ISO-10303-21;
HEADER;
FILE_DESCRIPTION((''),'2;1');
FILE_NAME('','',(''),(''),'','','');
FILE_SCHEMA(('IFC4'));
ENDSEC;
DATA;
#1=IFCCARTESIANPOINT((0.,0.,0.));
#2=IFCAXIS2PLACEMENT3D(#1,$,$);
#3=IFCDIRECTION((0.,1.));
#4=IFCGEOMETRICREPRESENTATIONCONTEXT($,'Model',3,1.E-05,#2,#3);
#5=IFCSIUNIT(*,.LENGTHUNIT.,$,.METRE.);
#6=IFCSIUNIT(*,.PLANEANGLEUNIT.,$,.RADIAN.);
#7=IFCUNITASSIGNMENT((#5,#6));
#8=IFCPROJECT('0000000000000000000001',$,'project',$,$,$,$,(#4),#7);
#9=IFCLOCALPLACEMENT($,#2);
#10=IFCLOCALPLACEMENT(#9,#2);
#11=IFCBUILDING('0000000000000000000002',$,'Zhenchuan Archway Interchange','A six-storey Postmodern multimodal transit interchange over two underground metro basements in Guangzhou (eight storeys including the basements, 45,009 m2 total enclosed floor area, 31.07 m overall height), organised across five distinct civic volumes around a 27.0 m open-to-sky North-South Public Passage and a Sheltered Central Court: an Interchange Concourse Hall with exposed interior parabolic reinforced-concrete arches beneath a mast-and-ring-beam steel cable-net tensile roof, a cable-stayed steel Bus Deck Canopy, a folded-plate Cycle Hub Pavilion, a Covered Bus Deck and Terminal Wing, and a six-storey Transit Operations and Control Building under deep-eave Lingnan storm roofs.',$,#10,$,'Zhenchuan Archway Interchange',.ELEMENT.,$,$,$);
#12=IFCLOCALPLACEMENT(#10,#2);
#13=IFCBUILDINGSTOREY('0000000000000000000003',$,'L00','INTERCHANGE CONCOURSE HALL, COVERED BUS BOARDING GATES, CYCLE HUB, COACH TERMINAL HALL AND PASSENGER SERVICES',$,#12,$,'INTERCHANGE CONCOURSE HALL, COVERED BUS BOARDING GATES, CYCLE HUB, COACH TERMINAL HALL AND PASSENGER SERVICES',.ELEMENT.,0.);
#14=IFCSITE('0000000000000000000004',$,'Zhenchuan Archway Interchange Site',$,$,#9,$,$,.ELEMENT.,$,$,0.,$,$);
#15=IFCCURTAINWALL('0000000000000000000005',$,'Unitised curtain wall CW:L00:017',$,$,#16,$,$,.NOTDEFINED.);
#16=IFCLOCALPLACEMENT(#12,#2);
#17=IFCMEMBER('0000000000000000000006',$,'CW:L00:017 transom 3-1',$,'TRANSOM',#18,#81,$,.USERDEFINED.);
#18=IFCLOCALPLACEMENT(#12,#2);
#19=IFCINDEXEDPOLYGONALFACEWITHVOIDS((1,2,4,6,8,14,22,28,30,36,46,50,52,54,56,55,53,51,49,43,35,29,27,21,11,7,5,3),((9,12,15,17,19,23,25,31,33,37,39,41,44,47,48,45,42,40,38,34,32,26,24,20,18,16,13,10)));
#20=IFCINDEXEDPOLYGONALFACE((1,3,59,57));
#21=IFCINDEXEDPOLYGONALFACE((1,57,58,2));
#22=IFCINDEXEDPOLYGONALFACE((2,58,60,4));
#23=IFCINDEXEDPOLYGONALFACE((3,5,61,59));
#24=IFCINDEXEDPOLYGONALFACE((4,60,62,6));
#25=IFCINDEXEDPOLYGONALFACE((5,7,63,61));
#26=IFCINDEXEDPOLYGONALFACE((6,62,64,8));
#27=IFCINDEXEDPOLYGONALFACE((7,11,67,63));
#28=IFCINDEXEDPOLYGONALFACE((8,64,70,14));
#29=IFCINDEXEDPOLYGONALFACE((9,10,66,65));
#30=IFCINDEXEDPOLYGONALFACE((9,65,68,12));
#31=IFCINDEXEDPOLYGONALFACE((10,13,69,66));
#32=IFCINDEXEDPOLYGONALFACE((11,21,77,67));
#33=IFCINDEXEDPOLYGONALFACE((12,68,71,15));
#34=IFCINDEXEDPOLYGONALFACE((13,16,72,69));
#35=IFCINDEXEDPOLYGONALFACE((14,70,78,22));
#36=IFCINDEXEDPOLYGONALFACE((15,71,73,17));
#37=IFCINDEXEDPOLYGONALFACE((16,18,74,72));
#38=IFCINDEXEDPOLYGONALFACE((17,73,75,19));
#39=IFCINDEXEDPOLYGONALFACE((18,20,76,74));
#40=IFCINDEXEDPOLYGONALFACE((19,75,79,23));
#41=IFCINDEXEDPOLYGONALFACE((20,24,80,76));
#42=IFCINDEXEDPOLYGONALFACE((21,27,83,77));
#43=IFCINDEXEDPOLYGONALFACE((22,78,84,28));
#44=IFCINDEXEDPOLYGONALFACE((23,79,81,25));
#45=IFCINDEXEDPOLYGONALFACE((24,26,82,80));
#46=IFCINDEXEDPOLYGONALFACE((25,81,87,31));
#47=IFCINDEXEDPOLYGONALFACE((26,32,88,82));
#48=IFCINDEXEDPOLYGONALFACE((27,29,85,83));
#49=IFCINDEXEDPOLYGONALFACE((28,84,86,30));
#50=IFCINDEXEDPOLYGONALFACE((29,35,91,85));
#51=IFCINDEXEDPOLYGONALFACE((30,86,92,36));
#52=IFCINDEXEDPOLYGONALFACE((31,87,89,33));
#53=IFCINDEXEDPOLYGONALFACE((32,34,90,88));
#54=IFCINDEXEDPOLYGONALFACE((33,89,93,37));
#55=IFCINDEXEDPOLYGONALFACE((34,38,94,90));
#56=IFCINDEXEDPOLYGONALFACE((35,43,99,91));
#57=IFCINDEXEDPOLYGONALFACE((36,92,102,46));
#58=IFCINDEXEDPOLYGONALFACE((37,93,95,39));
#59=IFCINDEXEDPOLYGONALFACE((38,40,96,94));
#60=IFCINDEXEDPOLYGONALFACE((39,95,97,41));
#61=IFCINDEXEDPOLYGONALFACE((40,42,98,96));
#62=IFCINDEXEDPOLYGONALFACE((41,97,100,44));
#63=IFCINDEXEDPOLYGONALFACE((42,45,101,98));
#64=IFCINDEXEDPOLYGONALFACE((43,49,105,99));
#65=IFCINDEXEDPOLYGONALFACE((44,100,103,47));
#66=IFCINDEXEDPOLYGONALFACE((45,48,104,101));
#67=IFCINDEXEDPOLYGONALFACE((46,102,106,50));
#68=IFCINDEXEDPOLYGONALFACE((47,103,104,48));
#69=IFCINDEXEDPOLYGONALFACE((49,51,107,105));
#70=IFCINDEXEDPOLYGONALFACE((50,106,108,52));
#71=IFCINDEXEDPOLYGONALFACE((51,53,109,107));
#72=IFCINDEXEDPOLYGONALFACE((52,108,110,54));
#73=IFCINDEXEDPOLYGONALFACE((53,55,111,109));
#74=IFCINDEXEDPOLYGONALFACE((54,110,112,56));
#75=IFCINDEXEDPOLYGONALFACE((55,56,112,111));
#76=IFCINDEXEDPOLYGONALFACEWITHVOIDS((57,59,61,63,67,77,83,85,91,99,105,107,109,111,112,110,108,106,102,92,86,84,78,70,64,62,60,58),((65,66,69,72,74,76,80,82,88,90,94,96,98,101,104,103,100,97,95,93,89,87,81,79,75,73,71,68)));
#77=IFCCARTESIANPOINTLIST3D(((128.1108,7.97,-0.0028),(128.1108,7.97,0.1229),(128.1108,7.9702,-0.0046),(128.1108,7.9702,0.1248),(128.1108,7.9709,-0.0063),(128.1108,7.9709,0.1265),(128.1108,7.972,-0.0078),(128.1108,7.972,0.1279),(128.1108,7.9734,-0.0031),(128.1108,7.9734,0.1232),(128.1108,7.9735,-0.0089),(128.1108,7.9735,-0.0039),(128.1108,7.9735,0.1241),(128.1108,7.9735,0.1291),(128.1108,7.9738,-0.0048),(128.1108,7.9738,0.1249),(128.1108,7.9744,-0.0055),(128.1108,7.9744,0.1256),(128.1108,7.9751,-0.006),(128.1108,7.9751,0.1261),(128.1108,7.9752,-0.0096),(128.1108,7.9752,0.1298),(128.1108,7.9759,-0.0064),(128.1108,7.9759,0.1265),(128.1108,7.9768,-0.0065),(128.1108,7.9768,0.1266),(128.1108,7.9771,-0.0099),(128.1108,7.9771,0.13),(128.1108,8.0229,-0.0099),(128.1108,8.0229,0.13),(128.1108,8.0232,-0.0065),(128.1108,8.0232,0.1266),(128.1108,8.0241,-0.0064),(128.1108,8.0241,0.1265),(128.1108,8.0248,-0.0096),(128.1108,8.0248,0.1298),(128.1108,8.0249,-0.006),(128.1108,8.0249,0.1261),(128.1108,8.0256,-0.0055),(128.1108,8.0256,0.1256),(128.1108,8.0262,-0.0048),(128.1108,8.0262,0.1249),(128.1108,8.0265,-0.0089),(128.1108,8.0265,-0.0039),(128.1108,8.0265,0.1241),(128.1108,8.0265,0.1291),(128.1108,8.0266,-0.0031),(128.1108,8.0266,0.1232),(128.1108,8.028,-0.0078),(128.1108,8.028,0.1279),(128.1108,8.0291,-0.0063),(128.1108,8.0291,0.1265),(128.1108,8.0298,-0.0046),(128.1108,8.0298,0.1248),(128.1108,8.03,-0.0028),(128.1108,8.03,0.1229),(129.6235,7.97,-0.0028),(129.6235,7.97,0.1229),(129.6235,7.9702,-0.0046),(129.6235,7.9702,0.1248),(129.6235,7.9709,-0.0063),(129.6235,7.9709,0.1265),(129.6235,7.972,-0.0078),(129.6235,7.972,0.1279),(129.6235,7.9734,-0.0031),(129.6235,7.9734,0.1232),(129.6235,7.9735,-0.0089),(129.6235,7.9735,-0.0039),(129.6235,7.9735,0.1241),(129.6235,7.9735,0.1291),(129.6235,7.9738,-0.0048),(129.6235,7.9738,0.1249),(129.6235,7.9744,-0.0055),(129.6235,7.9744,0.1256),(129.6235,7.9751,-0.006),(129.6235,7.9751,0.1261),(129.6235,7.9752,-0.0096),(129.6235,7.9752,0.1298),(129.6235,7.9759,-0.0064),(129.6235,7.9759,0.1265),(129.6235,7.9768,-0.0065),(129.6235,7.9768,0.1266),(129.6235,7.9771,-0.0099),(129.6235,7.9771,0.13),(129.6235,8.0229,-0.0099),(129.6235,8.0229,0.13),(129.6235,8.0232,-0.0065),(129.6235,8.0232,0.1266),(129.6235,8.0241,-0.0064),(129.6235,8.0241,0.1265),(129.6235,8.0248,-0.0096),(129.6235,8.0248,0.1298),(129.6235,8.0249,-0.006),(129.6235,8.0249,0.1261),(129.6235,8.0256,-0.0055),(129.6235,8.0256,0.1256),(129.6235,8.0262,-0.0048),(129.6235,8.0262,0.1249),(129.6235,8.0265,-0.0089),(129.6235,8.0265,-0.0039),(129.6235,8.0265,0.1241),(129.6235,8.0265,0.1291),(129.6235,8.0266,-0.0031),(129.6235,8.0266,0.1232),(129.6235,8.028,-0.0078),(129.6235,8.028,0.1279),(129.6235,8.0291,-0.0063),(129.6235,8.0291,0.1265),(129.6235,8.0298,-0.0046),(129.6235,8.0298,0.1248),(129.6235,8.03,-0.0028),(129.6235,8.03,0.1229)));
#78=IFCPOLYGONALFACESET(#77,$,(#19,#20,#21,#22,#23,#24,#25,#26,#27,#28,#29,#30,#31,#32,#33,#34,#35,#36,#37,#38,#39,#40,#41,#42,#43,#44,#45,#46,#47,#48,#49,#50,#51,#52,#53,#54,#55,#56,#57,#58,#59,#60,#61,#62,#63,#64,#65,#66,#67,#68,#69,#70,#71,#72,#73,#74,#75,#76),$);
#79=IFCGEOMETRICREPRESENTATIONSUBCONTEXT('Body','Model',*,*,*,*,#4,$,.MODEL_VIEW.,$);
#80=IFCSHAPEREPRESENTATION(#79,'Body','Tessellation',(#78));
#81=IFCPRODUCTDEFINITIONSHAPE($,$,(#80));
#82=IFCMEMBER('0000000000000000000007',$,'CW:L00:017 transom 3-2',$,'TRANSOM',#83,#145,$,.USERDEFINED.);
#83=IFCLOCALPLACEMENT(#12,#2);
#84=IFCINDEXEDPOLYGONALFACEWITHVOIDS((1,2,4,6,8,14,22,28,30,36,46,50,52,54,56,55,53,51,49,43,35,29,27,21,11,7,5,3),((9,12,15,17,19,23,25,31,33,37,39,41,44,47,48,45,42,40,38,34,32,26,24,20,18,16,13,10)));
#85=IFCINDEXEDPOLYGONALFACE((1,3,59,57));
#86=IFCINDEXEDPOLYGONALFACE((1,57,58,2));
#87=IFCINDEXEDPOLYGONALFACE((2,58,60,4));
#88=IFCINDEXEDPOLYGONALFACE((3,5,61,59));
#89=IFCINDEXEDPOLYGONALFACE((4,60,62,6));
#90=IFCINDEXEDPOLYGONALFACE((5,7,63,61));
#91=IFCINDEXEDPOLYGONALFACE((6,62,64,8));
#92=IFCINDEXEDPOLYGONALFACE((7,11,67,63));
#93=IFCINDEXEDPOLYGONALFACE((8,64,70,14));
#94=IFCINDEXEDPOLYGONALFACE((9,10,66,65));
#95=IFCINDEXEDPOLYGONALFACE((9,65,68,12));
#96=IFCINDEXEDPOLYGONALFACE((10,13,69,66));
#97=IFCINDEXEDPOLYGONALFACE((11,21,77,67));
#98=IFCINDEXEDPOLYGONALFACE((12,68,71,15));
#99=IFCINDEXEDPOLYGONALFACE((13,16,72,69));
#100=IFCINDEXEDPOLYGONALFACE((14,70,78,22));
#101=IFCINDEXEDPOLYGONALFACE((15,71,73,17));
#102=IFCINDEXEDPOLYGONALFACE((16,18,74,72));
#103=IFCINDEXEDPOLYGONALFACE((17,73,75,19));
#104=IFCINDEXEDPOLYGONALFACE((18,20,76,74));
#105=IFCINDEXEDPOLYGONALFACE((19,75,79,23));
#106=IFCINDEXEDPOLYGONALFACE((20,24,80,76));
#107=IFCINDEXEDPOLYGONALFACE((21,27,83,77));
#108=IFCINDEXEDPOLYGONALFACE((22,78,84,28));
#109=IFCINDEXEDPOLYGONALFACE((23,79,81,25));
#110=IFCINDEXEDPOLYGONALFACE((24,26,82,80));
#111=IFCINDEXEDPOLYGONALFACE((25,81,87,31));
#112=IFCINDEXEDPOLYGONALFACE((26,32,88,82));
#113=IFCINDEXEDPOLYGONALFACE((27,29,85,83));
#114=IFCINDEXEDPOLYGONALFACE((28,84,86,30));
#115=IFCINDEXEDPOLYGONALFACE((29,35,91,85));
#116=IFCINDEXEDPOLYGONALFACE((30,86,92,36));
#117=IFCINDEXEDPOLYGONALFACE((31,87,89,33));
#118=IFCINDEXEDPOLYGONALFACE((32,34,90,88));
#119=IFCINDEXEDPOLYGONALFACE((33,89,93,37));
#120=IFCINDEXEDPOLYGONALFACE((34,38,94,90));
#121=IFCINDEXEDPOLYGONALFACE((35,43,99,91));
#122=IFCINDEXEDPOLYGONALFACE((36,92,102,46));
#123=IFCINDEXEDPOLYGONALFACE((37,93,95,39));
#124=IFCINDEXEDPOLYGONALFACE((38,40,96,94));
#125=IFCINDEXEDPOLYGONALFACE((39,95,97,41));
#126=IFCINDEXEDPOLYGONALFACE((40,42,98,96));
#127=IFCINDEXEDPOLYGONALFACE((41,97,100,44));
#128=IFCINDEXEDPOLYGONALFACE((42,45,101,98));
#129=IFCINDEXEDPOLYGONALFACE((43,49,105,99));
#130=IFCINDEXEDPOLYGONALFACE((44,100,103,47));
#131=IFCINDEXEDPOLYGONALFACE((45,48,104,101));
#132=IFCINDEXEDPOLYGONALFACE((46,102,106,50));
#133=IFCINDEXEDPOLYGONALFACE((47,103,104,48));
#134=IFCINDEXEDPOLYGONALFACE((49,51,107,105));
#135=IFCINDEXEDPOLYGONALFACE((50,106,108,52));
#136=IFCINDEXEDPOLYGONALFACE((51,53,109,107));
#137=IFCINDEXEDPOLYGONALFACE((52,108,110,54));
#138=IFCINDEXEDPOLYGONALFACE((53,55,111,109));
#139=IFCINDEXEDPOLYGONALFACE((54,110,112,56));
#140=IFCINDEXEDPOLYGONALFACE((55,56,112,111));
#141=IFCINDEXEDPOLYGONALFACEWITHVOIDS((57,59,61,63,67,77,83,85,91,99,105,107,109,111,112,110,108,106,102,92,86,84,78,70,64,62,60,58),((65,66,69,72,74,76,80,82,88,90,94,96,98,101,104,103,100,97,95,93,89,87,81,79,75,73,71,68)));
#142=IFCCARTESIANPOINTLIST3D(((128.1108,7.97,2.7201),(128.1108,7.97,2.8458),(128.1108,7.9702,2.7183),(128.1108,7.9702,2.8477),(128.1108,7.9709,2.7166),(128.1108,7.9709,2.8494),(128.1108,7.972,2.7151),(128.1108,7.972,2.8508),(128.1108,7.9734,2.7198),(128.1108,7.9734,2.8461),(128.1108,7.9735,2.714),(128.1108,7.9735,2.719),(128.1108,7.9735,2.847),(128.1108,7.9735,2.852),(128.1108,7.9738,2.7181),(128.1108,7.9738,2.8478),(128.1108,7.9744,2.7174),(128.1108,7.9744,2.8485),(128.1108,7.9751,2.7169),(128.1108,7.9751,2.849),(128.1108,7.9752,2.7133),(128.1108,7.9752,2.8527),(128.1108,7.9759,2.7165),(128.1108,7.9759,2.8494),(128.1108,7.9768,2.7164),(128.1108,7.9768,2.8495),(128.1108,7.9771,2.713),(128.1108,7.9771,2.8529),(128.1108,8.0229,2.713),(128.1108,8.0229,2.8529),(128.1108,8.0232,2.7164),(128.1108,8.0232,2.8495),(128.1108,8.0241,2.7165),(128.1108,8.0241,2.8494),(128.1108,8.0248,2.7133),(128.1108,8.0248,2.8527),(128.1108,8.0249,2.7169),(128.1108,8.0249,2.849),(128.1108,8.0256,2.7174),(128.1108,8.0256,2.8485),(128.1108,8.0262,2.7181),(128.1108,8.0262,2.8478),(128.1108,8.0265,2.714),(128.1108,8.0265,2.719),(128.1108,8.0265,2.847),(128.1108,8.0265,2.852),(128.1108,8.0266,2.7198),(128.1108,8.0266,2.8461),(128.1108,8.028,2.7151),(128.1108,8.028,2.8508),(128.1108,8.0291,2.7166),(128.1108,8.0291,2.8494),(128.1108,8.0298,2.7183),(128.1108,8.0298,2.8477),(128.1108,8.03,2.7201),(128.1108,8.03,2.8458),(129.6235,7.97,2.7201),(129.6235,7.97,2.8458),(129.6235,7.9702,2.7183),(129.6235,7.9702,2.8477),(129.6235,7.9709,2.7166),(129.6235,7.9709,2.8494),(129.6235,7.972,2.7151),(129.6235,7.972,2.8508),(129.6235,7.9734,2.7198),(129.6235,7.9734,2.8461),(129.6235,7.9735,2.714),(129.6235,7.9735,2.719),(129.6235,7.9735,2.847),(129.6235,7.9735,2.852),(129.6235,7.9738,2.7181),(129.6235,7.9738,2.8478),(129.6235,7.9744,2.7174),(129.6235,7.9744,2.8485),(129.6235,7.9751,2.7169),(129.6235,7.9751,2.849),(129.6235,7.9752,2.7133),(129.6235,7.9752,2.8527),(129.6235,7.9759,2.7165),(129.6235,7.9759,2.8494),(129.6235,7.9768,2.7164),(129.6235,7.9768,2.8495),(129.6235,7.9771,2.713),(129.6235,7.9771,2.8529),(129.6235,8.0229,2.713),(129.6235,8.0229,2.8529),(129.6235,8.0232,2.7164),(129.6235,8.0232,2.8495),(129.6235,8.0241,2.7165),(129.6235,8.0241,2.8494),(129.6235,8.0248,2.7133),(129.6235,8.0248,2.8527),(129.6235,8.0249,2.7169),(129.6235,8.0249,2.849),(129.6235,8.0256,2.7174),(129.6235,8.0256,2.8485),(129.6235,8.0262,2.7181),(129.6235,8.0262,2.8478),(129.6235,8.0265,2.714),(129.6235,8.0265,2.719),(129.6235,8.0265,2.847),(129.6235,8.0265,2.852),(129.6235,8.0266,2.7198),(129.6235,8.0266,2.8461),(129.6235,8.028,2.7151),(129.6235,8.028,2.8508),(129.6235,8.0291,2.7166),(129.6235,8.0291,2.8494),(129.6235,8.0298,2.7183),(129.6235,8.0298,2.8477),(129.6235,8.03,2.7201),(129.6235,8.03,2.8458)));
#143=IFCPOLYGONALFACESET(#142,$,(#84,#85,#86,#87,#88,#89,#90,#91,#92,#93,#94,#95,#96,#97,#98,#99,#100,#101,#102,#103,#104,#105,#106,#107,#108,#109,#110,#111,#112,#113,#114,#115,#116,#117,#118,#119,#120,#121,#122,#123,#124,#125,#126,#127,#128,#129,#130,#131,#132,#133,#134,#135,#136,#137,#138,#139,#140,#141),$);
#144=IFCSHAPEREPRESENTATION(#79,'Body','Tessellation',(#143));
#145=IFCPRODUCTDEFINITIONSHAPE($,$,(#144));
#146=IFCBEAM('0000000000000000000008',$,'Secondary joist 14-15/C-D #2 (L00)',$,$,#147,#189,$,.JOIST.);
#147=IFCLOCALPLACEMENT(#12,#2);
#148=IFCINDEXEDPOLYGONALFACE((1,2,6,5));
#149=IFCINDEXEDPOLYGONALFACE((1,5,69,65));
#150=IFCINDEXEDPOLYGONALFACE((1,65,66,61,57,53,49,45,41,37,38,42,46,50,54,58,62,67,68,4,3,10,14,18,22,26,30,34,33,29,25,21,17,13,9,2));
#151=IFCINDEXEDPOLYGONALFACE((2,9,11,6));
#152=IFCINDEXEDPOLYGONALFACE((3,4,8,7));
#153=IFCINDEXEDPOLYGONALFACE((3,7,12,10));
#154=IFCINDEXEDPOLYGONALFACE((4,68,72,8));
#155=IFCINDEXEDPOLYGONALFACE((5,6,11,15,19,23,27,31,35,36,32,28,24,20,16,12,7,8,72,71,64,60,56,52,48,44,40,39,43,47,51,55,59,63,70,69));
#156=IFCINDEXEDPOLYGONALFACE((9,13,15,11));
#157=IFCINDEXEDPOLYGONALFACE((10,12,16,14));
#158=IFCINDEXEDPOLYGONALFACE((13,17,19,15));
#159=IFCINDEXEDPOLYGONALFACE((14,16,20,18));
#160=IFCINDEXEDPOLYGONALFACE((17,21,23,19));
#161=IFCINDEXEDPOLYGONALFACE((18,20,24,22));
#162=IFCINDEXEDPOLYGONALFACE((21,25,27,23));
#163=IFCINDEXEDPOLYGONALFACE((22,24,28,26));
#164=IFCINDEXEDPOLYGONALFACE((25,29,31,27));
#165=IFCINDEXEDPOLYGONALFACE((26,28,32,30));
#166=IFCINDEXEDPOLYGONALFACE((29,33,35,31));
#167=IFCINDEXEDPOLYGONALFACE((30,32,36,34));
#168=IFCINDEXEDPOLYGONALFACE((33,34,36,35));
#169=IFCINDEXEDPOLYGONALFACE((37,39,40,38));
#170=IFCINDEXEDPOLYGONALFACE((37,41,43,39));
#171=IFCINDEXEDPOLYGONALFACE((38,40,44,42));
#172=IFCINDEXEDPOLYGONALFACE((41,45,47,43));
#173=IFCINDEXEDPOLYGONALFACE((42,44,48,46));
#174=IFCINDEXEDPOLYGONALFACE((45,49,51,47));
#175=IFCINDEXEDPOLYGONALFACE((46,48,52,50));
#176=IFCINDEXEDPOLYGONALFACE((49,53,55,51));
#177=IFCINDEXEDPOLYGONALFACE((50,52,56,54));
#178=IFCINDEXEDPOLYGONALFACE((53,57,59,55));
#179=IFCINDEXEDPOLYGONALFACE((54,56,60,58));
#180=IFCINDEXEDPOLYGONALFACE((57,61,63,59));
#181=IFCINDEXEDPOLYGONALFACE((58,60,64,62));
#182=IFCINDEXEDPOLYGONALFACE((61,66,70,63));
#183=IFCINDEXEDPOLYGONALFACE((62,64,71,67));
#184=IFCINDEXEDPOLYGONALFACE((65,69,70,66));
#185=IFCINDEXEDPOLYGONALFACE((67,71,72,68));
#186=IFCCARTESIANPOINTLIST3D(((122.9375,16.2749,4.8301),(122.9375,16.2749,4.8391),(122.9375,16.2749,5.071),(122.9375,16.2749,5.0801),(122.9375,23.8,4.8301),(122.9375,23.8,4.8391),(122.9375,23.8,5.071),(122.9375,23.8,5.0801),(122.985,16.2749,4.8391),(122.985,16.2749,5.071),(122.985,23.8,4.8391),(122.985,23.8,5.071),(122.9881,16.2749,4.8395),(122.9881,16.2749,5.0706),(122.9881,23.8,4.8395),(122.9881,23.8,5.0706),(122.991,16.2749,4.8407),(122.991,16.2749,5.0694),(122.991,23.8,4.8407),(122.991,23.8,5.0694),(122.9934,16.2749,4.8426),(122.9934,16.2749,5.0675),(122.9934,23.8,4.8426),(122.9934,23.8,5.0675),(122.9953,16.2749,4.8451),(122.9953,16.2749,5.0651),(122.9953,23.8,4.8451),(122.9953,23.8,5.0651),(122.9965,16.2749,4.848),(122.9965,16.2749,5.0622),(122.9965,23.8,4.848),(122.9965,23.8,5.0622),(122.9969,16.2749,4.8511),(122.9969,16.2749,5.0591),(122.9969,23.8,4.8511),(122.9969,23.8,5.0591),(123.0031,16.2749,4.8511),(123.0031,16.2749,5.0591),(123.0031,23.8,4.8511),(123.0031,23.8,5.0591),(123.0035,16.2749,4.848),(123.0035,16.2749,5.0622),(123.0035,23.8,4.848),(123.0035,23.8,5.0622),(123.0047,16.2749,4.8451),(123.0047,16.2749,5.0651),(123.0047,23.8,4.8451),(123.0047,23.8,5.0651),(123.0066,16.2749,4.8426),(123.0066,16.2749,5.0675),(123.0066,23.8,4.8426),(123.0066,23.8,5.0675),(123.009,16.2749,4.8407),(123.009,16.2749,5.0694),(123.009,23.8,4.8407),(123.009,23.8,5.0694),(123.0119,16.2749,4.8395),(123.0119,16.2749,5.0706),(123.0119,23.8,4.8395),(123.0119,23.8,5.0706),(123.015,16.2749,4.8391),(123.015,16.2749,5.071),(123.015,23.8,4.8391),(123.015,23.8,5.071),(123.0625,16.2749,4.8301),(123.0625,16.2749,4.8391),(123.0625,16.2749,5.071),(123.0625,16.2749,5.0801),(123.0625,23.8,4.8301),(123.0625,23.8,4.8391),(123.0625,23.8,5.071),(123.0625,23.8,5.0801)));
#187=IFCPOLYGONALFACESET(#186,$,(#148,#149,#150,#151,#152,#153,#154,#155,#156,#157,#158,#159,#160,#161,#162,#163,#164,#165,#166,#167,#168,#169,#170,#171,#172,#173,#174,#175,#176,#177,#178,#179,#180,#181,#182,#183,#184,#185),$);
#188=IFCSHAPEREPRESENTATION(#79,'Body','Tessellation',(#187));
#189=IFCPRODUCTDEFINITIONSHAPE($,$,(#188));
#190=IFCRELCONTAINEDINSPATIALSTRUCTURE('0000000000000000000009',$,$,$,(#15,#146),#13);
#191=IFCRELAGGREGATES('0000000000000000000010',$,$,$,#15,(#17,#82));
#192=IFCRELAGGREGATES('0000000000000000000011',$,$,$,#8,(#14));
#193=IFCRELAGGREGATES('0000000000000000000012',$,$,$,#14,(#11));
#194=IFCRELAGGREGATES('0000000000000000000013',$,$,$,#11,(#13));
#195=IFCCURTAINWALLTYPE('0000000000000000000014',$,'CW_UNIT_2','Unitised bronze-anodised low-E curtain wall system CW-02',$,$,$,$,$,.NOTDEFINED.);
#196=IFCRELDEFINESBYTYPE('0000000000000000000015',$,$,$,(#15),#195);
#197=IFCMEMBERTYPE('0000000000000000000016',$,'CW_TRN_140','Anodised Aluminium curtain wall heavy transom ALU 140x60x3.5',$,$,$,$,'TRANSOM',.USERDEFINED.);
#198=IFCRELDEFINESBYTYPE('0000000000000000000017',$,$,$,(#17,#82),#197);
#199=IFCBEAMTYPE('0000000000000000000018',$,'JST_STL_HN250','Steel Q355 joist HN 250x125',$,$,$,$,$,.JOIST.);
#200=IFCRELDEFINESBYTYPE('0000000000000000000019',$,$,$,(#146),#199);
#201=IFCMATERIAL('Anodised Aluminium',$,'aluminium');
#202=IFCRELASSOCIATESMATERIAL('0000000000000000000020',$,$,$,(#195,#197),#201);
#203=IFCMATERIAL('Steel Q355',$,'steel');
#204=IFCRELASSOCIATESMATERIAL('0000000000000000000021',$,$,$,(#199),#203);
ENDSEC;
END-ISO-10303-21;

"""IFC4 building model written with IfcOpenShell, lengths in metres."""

from ifc_helpers import new_model, si_unit, direction, frame, origin, origin_2d, place, context, subcontext, project, spatial, hollow_rectangle, i_section, extrude, material, material_profile, profile_set, type_object, element, aggregate, save


model = new_model("IFC4")

# Units and contexts
model_context = context("Model", 3, precision=1e-05, world=origin(), true_north=direction((0.0, 1.0)))
body_context = subcontext(model_context, "Body", "Model", "MODEL_VIEW")
ifc_project = project(units=[si_unit("LENGTHUNIT", "METRE"), si_unit("PLANEANGLEUNIT", "RADIAN")], contexts=[model_context])

# Site, building, storey
site_placement = place(None, origin())
site = spatial("IfcSite", under=ifc_project, at=site_placement, Name="Zhenchuan Archway Interchange Site", CompositionType="ELEMENT", RefElevation=0.0)
building_placement = place(site_placement, origin())
building = spatial("IfcBuilding", under=site, at=building_placement, Name="Zhenchuan Archway Interchange", Description="A six-storey Postmodern multimodal transit interchange over two underground metro basements in Guangzhou (eight storeys including the basements, 45,009 m2 total enclosed floor area, 31.07 m overall height), organised across five distinct civic volumes around a 27.0 m open-to-sky North-South Public Passage and a Sheltered Central Court: an Interchange Concourse Hall with exposed interior parabolic reinforced-concrete arches beneath a mast-and-ring-beam steel cable-net tensile roof, a cable-stayed steel Bus Deck Canopy, a folded-plate Cycle Hub Pavilion, a Covered Bus Deck and Terminal Wing, and a six-storey Transit Operations and Control Building under deep-eave Lingnan storm roofs.", LongName="Zhenchuan Archway Interchange", CompositionType="ELEMENT")
storey_placement = place(building_placement, origin())
storey = spatial("IfcBuildingStorey", under=building, at=storey_placement, Name="L00", Description="INTERCHANGE CONCOURSE HALL, COVERED BUS BOARDING GATES, CYCLE HUB, COACH TERMINAL HALL AND PASSENGER SERVICES", LongName="INTERCHANGE CONCOURSE HALL, COVERED BUS BOARDING GATES, CYCLE HUB, COACH TERMINAL HALL AND PASSENGER SERVICES", CompositionType="ELEMENT", Elevation=0.0)

# Curtain wall, members
ifc_material_1 = material(Name="Anodised Aluminium", Category="aluminium")
curtain_wall_type = type_object("IfcCurtainWallType", Name="CW_UNIT_2", Description="Unitised bronze-anodised low-E curtain wall system CW-02", PredefinedType="NOTDEFINED", material=ifc_material_1)
curtain_wall_placement = place(storey_placement, origin())
curtain_wall = element("IfcCurtainWall", 1, at=curtain_wall_placement, inside=storey, type_object=curtain_wall_type, Name="Unitised curtain wall CW:L00:017", PredefinedType="NOTDEFINED")
ifc_material_profile_1 = material_profile(ifc_material_1, hollow_rectangle(XDim=0.0601, YDim=0.1399, WallThickness=0.0034, InnerFilletRadius=0.0034, OuterFilletRadius=0.0071, at=origin_2d()), Name="ALU 140x60x3.5")
ifc_profile_set_1 = profile_set([ifc_material_profile_1], Name="Anodised Aluminium")
member_type = type_object("IfcMemberType", Name="CW_TRN_140", Description="Anodised Aluminium curtain wall heavy transom ALU 140x60x3.5", ElementType="TRANSOM", PredefinedType="USERDEFINED", material=ifc_profile_set_1)
member_1_placement = place(storey_placement, frame((129.6235, 8.0, 0.0601), z_axis=(-1.0, 0.0, 0.0), x_axis=(0.0, -1.0, 0.0)))
member_1 = element("IfcMember", 2, at=member_1_placement, type_object=member_type, Name="CW:L00:017 transom 3-1", ObjectType="TRANSOM", PredefinedType="USERDEFINED", context=body_context, shape_type="SweptSolid", body=[
    extrude(hollow_rectangle(XDim=0.0601, YDim=0.1399, WallThickness=0.0034, InnerFilletRadius=0.0034, OuterFilletRadius=0.0071, at=origin_2d()), origin(), (0.0, 0.0, 1.0), 1.5127),
])
member_2_placement = place(storey_placement, frame((129.6235, 8.0, 2.783), z_axis=(-1.0, 0.0, 0.0), x_axis=(0.0, -1.0, 0.0)))
member_2 = element("IfcMember", 3, at=member_2_placement, type_object=member_type, Name="CW:L00:017 transom 3-2", ObjectType="TRANSOM", PredefinedType="USERDEFINED", context=body_context, shape_type="SweptSolid", body=[
    extrude(hollow_rectangle(XDim=0.0601, YDim=0.1399, WallThickness=0.0034, InnerFilletRadius=0.0034, OuterFilletRadius=0.0071, at=origin_2d()), origin(), (0.0, 0.0, 1.0), 1.5127),
])

# Beam
ifc_material_2 = material(Name="Steel Q355", Category="steel")
ifc_material_profile_2 = material_profile(ifc_material_2, i_section(OverallWidth=0.125, OverallDepth=0.25, WebThickness=0.0061, FlangeThickness=0.009, FilletRadius=0.012, at=origin_2d()), Name="HN 250x125")
ifc_profile_set_2 = profile_set([ifc_material_profile_2], Name="Steel Q355")
beam_type_1 = type_object("IfcBeamType", Name="JST_STL_HN250", Description="Steel Q355 joist HN 250x125", PredefinedType="JOIST", material=ifc_profile_set_2)
for number, where, z_axis, x_axis, name in (
    (4, (123.0, 16.2749, 4.9551), (0.0, 1.0, 0.0), (-1.0, 0.0, 0.0), "Secondary joist 14-15/C-D #2 (L00)"),
):
    element("IfcBeam", number, at=place(storey_placement, frame(where, z_axis=z_axis, x_axis=x_axis)), inside=storey, type_object=beam_type_1, Name=name, PredefinedType="JOIST", context=body_context, shape_type="SweptSolid", body=[
        extrude(i_section(OverallWidth=0.125, OverallDepth=0.25, WebThickness=0.0061, FlangeThickness=0.009, FilletRadius=0.012, at=origin_2d()), origin(), (0.0, 0.0, 1.0), 7.5251),
    ])

aggregate(curtain_wall, [member_1, member_2])

save(model, "model.ifc")
